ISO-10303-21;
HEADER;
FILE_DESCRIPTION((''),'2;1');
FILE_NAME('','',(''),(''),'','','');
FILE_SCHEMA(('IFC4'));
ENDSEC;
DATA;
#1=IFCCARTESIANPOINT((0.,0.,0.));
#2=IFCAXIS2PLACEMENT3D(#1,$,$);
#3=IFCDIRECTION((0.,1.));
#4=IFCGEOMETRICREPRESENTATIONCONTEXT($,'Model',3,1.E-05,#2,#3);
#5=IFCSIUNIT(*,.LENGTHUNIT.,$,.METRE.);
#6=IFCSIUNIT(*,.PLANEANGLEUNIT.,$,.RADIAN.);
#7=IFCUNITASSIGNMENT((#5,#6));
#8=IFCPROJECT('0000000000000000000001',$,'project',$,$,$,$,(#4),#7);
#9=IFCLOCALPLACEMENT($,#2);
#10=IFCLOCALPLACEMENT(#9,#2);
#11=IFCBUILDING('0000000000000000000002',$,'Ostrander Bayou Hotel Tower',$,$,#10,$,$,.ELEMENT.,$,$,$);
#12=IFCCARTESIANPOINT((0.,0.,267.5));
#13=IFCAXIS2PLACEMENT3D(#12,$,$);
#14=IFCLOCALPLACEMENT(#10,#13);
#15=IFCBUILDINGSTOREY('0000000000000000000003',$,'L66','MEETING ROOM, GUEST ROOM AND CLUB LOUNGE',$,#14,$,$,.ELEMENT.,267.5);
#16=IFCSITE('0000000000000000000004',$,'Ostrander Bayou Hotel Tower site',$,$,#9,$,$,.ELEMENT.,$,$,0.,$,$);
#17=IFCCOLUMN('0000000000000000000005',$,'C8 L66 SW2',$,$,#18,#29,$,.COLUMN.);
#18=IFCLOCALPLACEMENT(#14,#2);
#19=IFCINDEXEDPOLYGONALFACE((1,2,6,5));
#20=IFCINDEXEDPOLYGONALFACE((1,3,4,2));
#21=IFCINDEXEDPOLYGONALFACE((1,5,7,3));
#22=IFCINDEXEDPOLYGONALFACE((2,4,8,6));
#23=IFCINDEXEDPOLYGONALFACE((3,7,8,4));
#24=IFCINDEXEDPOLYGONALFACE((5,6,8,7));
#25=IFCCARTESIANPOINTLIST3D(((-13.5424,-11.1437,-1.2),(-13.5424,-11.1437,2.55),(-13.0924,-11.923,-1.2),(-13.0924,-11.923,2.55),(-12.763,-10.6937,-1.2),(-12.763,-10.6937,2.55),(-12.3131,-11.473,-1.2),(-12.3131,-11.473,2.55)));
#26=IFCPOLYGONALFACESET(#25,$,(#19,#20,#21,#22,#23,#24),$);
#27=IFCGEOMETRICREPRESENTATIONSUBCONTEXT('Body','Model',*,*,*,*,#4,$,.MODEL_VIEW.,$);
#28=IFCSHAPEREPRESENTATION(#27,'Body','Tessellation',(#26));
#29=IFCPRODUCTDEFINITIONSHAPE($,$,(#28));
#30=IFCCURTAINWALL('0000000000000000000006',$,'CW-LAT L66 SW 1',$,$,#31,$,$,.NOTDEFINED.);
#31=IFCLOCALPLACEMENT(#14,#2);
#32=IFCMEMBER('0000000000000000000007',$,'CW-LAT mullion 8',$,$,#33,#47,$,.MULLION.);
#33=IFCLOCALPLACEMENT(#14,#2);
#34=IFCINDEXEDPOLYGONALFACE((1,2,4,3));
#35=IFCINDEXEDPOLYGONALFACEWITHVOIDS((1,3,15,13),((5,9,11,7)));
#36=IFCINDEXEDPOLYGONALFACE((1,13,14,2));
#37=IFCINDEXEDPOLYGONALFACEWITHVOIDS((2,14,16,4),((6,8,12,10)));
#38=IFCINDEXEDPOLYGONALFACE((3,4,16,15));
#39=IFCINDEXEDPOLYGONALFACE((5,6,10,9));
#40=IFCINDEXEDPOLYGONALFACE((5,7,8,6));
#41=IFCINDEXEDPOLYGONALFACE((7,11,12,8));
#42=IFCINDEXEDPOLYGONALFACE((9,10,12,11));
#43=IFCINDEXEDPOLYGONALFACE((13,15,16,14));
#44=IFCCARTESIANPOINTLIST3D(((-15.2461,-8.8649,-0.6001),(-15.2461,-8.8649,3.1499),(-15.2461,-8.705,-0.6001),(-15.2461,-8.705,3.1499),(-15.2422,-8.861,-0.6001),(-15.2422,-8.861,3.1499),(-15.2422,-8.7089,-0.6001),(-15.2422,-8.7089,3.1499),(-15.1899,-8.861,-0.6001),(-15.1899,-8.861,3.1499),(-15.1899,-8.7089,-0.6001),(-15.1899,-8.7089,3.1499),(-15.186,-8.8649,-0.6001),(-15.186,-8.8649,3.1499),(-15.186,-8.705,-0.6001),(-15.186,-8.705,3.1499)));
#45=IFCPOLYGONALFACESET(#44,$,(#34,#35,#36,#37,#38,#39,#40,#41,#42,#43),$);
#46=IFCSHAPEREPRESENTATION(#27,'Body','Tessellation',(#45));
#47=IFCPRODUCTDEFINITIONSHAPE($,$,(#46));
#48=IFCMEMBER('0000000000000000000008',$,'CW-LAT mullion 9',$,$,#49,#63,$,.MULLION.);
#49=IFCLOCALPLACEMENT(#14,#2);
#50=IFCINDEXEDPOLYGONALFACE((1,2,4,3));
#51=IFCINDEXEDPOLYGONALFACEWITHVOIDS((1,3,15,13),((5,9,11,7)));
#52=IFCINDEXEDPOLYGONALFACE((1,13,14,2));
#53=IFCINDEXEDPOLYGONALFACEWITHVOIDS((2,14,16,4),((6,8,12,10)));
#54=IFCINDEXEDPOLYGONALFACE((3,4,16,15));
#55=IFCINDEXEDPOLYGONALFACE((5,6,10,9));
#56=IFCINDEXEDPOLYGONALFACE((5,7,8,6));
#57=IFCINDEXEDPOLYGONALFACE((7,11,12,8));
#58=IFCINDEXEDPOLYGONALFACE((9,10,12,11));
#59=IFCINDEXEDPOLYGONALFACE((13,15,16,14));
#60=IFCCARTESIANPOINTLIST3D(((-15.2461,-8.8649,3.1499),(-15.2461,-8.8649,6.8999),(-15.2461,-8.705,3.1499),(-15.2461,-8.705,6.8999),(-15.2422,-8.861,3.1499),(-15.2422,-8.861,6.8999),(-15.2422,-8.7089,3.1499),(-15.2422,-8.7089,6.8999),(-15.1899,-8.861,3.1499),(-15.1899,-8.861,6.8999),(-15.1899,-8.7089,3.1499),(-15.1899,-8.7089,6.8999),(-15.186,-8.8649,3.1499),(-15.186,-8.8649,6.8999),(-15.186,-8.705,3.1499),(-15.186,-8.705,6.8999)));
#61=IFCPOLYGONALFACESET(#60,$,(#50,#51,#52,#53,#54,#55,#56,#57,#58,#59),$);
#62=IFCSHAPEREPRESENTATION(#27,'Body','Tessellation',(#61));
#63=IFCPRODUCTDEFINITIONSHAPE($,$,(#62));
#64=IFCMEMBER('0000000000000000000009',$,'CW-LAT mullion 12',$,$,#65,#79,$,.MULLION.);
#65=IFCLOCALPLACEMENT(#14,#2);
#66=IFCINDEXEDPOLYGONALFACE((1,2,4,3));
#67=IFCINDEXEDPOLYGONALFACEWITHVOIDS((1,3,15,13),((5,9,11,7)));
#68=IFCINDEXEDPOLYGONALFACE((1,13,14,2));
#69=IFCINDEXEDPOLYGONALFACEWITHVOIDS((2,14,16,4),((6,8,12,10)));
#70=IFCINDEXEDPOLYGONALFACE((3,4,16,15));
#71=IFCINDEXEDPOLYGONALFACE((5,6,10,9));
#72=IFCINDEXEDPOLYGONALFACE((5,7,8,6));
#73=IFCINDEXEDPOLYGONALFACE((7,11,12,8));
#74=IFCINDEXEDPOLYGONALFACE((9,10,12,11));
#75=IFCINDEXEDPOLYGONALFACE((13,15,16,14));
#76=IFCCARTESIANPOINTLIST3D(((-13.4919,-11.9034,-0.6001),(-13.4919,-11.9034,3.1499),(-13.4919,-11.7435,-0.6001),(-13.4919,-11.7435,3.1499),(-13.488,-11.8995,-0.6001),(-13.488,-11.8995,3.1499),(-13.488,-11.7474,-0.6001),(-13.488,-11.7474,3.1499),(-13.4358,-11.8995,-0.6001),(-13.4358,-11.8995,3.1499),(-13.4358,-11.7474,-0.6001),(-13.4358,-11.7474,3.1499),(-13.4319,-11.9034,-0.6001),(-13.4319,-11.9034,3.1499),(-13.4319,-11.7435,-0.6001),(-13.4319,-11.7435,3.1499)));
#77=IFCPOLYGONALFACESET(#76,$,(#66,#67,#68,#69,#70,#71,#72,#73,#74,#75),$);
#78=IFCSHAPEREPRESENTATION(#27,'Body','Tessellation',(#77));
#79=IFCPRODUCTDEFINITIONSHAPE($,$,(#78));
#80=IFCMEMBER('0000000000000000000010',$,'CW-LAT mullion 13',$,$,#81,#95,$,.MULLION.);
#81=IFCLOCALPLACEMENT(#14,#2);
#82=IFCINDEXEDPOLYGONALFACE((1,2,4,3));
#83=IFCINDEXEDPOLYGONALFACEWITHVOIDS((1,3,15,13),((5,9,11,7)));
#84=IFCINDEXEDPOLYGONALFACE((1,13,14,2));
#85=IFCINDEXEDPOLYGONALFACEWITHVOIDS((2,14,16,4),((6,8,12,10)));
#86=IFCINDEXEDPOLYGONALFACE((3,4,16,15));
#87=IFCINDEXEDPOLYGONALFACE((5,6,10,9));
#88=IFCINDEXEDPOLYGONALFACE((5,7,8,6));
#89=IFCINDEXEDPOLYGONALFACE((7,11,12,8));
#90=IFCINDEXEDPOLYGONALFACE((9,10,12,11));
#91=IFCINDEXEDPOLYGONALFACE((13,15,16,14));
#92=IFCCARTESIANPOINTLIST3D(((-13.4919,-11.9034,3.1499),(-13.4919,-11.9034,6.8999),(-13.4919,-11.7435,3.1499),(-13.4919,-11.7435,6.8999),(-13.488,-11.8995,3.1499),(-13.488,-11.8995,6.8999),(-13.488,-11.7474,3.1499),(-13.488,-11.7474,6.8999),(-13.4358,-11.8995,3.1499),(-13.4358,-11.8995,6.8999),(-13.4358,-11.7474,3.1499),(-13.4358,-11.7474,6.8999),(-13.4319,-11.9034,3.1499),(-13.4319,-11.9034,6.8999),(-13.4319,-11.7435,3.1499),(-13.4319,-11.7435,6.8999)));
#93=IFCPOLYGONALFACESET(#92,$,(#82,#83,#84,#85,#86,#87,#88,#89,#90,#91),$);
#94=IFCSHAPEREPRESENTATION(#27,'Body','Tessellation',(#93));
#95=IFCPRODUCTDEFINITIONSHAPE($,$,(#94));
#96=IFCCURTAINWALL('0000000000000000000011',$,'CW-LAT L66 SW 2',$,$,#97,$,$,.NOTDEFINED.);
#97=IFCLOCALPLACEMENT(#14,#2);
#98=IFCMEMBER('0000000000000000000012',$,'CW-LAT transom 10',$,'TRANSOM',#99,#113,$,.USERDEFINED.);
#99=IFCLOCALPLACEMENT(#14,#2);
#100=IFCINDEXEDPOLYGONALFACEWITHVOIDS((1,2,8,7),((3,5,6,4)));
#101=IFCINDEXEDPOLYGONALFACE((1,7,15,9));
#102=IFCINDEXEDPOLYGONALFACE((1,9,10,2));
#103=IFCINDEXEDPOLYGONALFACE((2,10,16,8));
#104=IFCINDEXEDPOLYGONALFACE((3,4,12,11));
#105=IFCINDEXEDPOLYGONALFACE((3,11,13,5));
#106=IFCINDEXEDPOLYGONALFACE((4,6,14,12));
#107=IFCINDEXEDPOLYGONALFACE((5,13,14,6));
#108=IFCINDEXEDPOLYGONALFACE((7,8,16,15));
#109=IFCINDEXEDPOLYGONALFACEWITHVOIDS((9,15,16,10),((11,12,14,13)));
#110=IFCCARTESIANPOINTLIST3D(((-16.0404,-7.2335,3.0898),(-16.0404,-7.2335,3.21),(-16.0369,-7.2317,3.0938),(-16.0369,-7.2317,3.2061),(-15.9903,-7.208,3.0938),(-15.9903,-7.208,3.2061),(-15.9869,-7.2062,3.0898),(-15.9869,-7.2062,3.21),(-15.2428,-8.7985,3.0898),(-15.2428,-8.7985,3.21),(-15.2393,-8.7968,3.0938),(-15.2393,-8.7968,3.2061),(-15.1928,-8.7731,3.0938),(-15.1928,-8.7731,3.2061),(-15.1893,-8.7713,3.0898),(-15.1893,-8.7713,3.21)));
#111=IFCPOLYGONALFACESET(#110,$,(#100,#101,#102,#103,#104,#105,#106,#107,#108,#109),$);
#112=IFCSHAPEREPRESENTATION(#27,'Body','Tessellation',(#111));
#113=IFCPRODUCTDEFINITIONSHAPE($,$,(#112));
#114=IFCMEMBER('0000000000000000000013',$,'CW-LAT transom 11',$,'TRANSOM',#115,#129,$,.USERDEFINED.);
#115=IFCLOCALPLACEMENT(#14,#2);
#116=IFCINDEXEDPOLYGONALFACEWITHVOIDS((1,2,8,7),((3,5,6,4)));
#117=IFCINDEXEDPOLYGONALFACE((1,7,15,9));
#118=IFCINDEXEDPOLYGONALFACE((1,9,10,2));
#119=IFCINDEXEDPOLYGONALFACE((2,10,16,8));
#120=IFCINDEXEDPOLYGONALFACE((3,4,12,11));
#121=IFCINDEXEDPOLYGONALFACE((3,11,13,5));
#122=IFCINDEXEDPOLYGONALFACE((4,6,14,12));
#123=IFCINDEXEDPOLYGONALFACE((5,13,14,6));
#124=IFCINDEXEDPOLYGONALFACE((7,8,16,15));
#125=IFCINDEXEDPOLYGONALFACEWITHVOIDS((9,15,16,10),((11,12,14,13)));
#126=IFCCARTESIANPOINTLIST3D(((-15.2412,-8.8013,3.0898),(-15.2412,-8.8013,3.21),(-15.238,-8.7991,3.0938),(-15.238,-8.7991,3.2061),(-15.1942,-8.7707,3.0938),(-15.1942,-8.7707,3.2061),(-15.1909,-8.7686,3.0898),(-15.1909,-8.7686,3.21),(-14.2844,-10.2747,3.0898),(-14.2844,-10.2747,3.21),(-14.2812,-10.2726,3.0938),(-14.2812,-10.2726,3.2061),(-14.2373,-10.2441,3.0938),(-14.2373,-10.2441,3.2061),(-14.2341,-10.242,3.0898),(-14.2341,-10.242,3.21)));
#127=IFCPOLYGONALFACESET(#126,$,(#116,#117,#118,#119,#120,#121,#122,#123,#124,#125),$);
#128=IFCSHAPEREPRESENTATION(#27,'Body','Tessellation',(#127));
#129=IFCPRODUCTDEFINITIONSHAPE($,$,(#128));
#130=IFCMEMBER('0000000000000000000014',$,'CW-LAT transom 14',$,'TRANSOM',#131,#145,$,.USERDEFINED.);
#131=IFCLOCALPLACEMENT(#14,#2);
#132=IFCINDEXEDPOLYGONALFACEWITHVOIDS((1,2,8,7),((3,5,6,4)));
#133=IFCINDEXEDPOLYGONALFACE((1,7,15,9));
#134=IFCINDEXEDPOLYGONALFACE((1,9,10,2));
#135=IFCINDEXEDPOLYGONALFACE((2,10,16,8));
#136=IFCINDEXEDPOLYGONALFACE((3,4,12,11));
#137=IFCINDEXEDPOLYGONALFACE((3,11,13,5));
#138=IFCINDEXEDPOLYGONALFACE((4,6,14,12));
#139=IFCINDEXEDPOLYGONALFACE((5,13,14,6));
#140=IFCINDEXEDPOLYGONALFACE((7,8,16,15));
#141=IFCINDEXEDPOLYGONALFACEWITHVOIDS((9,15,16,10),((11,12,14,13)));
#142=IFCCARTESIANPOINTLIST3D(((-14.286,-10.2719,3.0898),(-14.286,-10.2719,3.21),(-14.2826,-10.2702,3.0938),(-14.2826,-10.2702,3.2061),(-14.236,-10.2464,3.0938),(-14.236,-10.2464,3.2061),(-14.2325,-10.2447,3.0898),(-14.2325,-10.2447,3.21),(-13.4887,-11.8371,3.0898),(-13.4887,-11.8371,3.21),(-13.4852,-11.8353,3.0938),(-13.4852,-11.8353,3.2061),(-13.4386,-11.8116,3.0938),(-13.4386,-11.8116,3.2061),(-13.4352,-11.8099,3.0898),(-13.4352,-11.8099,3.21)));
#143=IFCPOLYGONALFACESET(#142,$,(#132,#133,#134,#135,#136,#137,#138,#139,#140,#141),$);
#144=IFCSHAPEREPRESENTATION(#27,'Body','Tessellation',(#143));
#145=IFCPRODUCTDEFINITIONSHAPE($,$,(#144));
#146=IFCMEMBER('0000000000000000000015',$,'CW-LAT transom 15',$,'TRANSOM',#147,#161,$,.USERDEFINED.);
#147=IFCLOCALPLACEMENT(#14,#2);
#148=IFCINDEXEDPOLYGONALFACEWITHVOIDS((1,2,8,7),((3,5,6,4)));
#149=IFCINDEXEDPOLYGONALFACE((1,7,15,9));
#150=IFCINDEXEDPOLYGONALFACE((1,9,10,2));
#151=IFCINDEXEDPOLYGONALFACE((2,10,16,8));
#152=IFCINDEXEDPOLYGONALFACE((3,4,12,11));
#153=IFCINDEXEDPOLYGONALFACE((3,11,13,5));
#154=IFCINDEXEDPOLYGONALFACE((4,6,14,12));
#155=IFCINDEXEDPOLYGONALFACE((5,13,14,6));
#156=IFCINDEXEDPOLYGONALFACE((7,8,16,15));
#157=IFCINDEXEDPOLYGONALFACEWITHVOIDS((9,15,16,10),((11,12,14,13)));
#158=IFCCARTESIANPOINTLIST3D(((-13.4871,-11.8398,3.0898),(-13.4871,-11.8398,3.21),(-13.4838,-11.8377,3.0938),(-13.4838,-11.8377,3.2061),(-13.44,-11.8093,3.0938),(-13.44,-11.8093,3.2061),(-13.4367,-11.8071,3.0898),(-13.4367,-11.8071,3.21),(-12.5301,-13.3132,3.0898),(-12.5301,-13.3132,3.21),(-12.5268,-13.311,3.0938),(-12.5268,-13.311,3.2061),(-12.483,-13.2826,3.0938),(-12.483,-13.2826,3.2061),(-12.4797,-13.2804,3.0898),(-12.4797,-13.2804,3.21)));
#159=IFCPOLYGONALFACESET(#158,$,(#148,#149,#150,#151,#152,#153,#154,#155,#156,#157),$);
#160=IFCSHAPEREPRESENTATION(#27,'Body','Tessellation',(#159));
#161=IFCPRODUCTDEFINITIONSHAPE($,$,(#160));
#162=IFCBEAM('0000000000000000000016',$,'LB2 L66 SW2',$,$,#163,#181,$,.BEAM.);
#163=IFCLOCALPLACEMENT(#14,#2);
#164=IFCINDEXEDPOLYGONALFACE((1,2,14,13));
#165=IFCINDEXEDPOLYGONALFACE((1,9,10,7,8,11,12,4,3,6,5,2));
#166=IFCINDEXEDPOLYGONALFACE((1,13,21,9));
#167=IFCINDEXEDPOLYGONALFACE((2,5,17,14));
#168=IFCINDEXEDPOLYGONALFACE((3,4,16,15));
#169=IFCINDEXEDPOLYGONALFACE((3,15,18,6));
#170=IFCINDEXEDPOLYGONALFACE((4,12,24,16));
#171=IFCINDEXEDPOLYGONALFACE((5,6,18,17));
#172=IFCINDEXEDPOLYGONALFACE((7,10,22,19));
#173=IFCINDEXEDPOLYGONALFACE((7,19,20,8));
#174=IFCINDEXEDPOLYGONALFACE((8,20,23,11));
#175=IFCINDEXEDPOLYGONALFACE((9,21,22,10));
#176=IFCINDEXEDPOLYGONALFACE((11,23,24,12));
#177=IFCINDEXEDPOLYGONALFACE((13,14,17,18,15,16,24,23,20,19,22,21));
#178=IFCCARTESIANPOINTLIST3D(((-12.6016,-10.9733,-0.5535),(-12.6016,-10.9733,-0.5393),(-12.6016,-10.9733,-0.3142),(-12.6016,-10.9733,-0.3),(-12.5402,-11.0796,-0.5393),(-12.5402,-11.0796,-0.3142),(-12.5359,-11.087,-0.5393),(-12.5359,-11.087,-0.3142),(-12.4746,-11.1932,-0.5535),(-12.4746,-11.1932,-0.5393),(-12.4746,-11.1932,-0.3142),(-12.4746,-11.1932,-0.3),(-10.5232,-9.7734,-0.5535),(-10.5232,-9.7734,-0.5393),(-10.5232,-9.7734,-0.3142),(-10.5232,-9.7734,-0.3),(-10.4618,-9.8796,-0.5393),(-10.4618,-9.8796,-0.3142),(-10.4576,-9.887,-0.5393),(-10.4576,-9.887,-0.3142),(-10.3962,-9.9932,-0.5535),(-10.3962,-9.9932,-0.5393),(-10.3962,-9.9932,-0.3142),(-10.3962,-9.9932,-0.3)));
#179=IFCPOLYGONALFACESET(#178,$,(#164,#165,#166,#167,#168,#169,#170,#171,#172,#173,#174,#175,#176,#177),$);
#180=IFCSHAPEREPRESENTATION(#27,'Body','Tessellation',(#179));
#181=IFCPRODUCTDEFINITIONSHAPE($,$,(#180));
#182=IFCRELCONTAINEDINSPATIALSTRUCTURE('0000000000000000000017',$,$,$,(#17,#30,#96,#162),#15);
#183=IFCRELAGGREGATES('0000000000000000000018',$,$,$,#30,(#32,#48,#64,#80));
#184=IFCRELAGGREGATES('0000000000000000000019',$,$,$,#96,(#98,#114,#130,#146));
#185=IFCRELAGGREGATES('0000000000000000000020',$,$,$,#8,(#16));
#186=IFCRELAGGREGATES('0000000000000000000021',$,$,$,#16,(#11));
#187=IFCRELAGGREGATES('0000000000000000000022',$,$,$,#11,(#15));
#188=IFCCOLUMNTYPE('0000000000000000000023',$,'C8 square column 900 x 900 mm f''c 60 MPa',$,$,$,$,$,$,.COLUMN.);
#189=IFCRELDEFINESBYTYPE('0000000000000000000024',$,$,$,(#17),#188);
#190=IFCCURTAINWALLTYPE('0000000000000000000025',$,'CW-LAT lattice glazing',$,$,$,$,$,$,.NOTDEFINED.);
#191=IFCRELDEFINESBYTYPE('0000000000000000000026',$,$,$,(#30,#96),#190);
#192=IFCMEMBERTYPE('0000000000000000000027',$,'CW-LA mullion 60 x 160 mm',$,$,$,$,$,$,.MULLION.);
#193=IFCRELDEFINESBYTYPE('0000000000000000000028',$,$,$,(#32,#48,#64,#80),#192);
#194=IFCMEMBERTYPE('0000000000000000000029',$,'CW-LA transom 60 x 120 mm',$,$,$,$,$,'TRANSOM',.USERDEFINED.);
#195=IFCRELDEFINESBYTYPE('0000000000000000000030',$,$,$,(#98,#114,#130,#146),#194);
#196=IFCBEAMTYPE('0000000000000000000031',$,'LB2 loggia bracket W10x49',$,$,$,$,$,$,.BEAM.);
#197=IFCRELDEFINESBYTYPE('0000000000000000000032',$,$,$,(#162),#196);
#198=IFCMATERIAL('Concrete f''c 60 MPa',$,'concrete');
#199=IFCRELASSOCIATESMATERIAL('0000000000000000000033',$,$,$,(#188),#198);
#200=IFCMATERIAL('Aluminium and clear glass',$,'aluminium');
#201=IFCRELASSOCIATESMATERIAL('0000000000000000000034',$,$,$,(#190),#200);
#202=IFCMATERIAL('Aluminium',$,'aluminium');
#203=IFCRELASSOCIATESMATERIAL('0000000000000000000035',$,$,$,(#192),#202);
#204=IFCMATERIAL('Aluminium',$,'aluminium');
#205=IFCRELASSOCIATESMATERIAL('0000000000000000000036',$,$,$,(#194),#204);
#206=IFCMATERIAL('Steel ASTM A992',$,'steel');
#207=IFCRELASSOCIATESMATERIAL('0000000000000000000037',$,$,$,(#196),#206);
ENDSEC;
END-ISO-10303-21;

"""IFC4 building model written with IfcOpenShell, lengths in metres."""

from ifc_helpers import new_model, si_unit, direction, frame, origin, origin_2d, place, context, subcontext, project, spatial, rectangle, hollow_rectangle, i_section, extrude, material, material_profile, profile_set, type_object, element, aggregate, save


model = new_model("IFC4")

# Units and contexts
model_context = context("Model", 3, precision=1e-05, world=origin(), true_north=direction((0.0, 1.0)))
body_context = subcontext(model_context, "Body", "Model", "MODEL_VIEW")
ifc_project = project(units=[si_unit("LENGTHUNIT", "METRE"), si_unit("PLANEANGLEUNIT", "RADIAN")], contexts=[model_context])

# Site, building, storey
site_placement = place(None, origin())
site = spatial("IfcSite", under=ifc_project, at=site_placement, Name="Ostrander Bayou Hotel Tower site", CompositionType="ELEMENT", RefElevation=0.0)
building_placement = place(site_placement, origin())
building = spatial("IfcBuilding", under=site, at=building_placement, Name="Ostrander Bayou Hotel Tower", CompositionType="ELEMENT")
storey_placement = place(building_placement, frame((0.0, 0.0, 267.5)))
storey = spatial("IfcBuildingStorey", under=building, at=storey_placement, Name="L66", Description="MEETING ROOM, GUEST ROOM AND CLUB LOUNGE", CompositionType="ELEMENT", Elevation=267.5)

# Column
ifc_material_1 = material(Name="Concrete f'c 60 MPa", Category="concrete")
ifc_material_profile_1 = material_profile(ifc_material_1, rectangle(XDim=0.8999, YDim=0.8999, at=origin_2d()))
ifc_profile_set_1 = profile_set([ifc_material_profile_1], Name="Concrete f'c 60 MPa")
column_type = type_object("IfcColumnType", Name="C8 square column 900 x 900 mm f'c 60 MPa", PredefinedType="COLUMN", material=ifc_profile_set_1)
column_placement = place(storey_placement, frame((-12.9277, -11.3083, -1.2), z_axis=(0.0, 0.0, 1.0), x_axis=(-0.5, 0.866025, 0.0)))
element("IfcColumn", 1, at=column_placement, inside=storey, type_object=column_type, Name="C8 L66 SW2", PredefinedType="COLUMN", context=body_context, shape_type="SweptSolid", body=[
    extrude(rectangle(XDim=0.8999, YDim=0.8999, at=origin_2d()), origin(), (0.0, 0.0, 1.0), 3.75),
])

# Curtain walls, members
ifc_material_2 = material(Name="Aluminium and clear glass", Category="aluminium")
curtain_wall_type = type_object("IfcCurtainWallType", Name="CW-LAT lattice glazing", PredefinedType="NOTDEFINED", material=ifc_material_2)
curtain_wall_1_placement = place(storey_placement, origin())
curtain_wall_1 = element("IfcCurtainWall", 2, at=curtain_wall_1_placement, inside=storey, type_object=curtain_wall_type, Name="CW-LAT L66 SW 1", PredefinedType="NOTDEFINED")
ifc_material_3 = material(Name="Aluminium", Category="aluminium")
ifc_material_profile_2 = material_profile(ifc_material_3, hollow_rectangle(XDim=0.0601, YDim=0.1599, WallThickness=0.0039, at=origin_2d()))
ifc_profile_set_2 = profile_set([ifc_material_profile_2], Name="Aluminium")
member_type_1 = type_object("IfcMemberType", Name="CW-LA mullion 60 x 160 mm", PredefinedType="MULLION", material=ifc_profile_set_2)
member_1_placement = place(storey_placement, frame((-15.2161, -8.7849, -0.6001), z_axis=(0.0, 0.0, 1.0), x_axis=(1.0, 0.0, 0.0)))
member_1 = element("IfcMember", 3, at=member_1_placement, type_object=member_type_1, Name="CW-LAT mullion 8", PredefinedType="MULLION", context=body_context, shape_type="SweptSolid", body=[
    extrude(hollow_rectangle(XDim=0.0601, YDim=0.1599, WallThickness=0.0039, at=origin_2d()), origin(), (0.0, 0.0, 1.0), 3.75),
])
member_2_placement = place(storey_placement, frame((-15.2161, -8.7849, 3.1499), z_axis=(0.0, 0.0, 1.0), x_axis=(1.0, 0.0, 0.0)))
member_2 = element("IfcMember", 4, at=member_2_placement, type_object=member_type_1, Name="CW-LAT mullion 9", PredefinedType="MULLION", context=body_context, shape_type="SweptSolid", body=[
    extrude(hollow_rectangle(XDim=0.0601, YDim=0.1599, WallThickness=0.0039, at=origin_2d()), origin(), (0.0, 0.0, 1.0), 3.75),
])
member_3_placement = place(storey_placement, frame((-13.4619, -11.8235, -0.6001), z_axis=(0.0, 0.0, 1.0), x_axis=(1.0, 0.0, 0.0)))
member_3 = element("IfcMember", 5, at=member_3_placement, type_object=member_type_1, Name="CW-LAT mullion 12", PredefinedType="MULLION", context=body_context, shape_type="SweptSolid", body=[
    extrude(hollow_rectangle(XDim=0.0601, YDim=0.1599, WallThickness=0.0039, at=origin_2d()), origin(), (0.0, 0.0, 1.0), 3.75),
])
member_4_placement = place(storey_placement, frame((-13.4619, -11.8235, 3.1499), z_axis=(0.0, 0.0, 1.0), x_axis=(1.0, 0.0, 0.0)))
member_4 = element("IfcMember", 6, at=member_4_placement, type_object=member_type_1, Name="CW-LAT mullion 13", PredefinedType="MULLION", context=body_context, shape_type="SweptSolid", body=[
    extrude(hollow_rectangle(XDim=0.0601, YDim=0.1599, WallThickness=0.0039, at=origin_2d()), origin(), (0.0, 0.0, 1.0), 3.75),
])
curtain_wall_2_placement = place(storey_placement, origin())
curtain_wall_2 = element("IfcCurtainWall", 7, at=curtain_wall_2_placement, inside=storey, type_object=curtain_wall_type, Name="CW-LAT L66 SW 2", PredefinedType="NOTDEFINED")
ifc_material_4 = material(Name="Aluminium", Category="aluminium")
ifc_material_profile_3 = material_profile(ifc_material_4, hollow_rectangle(XDim=0.0601, YDim=0.1201, WallThickness=0.0039, at=origin_2d()))
ifc_profile_set_3 = profile_set([ifc_material_profile_3], Name="Aluminium")
member_type_2 = type_object("IfcMemberType", Name="CW-LA transom 60 x 120 mm", ElementType="TRANSOM", PredefinedType="USERDEFINED", material=ifc_profile_set_3)
member_5_placement = place(storey_placement, frame((-15.2161, -8.7849, 3.1499), z_axis=(-0.454038, 0.890982, 0.0), x_axis=(-0.890982, -0.454038, 0.0)))
member_5 = element("IfcMember", 8, at=member_5_placement, type_object=member_type_2, Name="CW-LAT transom 10", ObjectType="TRANSOM", PredefinedType="USERDEFINED", context=body_context, shape_type="SweptSolid", body=[
    extrude(hollow_rectangle(XDim=0.0601, YDim=0.1201, WallThickness=0.0039, at=origin_2d()), origin(), (0.0, 0.0, 1.0), 1.7566),
])
member_6_placement = place(storey_placement, frame((-15.2161, -8.7849, 3.1499), z_axis=(0.544622, -0.838682, 0.0), x_axis=(0.838682, 0.544622, 0.0)))
member_6 = element("IfcMember", 9, at=member_6_placement, type_object=member_type_2, Name="CW-LAT transom 11", ObjectType="TRANSOM", PredefinedType="USERDEFINED", context=body_context, shape_type="SweptSolid", body=[
    extrude(hollow_rectangle(XDim=0.0601, YDim=0.1201, WallThickness=0.0039, at=origin_2d()), origin(), (0.0, 0.0, 1.0), 1.7568),
])
member_7_placement = place(storey_placement, frame((-13.4619, -11.8235, 3.1499), z_axis=(-0.453928, 0.891038, 0.0), x_axis=(-0.891038, -0.453928, 0.0)))
member_7 = element("IfcMember", 10, at=member_7_placement, type_object=member_type_2, Name="CW-LAT transom 14", ObjectType="TRANSOM", PredefinedType="USERDEFINED", context=body_context, shape_type="SweptSolid", body=[
    extrude(hollow_rectangle(XDim=0.0601, YDim=0.1201, WallThickness=0.0039, at=origin_2d()), origin(), (0.0, 0.0, 1.0), 1.7566),
])
member_8_placement = place(storey_placement, frame((-13.4619, -11.8235, 3.1499), z_axis=(0.54472, -0.838618, 0.0), x_axis=(0.838618, 0.54472, 0.0)))
member_8 = element("IfcMember", 11, at=member_8_placement, type_object=member_type_2, Name="CW-LAT transom 15", ObjectType="TRANSOM", PredefinedType="USERDEFINED", context=body_context, shape_type="SweptSolid", body=[
    extrude(hollow_rectangle(XDim=0.0601, YDim=0.1201, WallThickness=0.0039, at=origin_2d()), origin(), (0.0, 0.0, 1.0), 1.7568),
])

# Beam
ifc_material_5 = material(Name="Steel ASTM A992", Category="steel")
ifc_material_profile_4 = material_profile(ifc_material_5, i_section(OverallWidth=0.2539, OverallDepth=0.2534, WebThickness=0.0085, FlangeThickness=0.0142, at=origin_2d()))
ifc_profile_set_4 = profile_set([ifc_material_profile_4], Name="Steel ASTM A992")
beam_type_1 = type_object("IfcBeamType", Name="LB2 loggia bracket W10x49", PredefinedType="BEAM", material=ifc_profile_set_4)
beam_1_placement = place(storey_placement, frame((-12.5381, -11.0833, -0.4268), z_axis=(0.866025, 0.500001, 0.0), x_axis=(-0.500001, 0.866025, 0.0)))
element("IfcBeam", 12, at=beam_1_placement, inside=storey, type_object=beam_type_1, Name="LB2 L66 SW2", PredefinedType="BEAM", context=body_context, shape_type="SweptSolid", body=[
    extrude(i_section(OverallWidth=0.2539, OverallDepth=0.2534, WebThickness=0.0085, FlangeThickness=0.0142, at=origin_2d()), origin(), (0.0, 0.0, 1.0), 2.3999),
])

aggregate(curtain_wall_1, [member_1, member_2, member_3, member_4])
aggregate(curtain_wall_2, [member_5, member_6, member_7, member_8])

save(model, "model.ifc")
